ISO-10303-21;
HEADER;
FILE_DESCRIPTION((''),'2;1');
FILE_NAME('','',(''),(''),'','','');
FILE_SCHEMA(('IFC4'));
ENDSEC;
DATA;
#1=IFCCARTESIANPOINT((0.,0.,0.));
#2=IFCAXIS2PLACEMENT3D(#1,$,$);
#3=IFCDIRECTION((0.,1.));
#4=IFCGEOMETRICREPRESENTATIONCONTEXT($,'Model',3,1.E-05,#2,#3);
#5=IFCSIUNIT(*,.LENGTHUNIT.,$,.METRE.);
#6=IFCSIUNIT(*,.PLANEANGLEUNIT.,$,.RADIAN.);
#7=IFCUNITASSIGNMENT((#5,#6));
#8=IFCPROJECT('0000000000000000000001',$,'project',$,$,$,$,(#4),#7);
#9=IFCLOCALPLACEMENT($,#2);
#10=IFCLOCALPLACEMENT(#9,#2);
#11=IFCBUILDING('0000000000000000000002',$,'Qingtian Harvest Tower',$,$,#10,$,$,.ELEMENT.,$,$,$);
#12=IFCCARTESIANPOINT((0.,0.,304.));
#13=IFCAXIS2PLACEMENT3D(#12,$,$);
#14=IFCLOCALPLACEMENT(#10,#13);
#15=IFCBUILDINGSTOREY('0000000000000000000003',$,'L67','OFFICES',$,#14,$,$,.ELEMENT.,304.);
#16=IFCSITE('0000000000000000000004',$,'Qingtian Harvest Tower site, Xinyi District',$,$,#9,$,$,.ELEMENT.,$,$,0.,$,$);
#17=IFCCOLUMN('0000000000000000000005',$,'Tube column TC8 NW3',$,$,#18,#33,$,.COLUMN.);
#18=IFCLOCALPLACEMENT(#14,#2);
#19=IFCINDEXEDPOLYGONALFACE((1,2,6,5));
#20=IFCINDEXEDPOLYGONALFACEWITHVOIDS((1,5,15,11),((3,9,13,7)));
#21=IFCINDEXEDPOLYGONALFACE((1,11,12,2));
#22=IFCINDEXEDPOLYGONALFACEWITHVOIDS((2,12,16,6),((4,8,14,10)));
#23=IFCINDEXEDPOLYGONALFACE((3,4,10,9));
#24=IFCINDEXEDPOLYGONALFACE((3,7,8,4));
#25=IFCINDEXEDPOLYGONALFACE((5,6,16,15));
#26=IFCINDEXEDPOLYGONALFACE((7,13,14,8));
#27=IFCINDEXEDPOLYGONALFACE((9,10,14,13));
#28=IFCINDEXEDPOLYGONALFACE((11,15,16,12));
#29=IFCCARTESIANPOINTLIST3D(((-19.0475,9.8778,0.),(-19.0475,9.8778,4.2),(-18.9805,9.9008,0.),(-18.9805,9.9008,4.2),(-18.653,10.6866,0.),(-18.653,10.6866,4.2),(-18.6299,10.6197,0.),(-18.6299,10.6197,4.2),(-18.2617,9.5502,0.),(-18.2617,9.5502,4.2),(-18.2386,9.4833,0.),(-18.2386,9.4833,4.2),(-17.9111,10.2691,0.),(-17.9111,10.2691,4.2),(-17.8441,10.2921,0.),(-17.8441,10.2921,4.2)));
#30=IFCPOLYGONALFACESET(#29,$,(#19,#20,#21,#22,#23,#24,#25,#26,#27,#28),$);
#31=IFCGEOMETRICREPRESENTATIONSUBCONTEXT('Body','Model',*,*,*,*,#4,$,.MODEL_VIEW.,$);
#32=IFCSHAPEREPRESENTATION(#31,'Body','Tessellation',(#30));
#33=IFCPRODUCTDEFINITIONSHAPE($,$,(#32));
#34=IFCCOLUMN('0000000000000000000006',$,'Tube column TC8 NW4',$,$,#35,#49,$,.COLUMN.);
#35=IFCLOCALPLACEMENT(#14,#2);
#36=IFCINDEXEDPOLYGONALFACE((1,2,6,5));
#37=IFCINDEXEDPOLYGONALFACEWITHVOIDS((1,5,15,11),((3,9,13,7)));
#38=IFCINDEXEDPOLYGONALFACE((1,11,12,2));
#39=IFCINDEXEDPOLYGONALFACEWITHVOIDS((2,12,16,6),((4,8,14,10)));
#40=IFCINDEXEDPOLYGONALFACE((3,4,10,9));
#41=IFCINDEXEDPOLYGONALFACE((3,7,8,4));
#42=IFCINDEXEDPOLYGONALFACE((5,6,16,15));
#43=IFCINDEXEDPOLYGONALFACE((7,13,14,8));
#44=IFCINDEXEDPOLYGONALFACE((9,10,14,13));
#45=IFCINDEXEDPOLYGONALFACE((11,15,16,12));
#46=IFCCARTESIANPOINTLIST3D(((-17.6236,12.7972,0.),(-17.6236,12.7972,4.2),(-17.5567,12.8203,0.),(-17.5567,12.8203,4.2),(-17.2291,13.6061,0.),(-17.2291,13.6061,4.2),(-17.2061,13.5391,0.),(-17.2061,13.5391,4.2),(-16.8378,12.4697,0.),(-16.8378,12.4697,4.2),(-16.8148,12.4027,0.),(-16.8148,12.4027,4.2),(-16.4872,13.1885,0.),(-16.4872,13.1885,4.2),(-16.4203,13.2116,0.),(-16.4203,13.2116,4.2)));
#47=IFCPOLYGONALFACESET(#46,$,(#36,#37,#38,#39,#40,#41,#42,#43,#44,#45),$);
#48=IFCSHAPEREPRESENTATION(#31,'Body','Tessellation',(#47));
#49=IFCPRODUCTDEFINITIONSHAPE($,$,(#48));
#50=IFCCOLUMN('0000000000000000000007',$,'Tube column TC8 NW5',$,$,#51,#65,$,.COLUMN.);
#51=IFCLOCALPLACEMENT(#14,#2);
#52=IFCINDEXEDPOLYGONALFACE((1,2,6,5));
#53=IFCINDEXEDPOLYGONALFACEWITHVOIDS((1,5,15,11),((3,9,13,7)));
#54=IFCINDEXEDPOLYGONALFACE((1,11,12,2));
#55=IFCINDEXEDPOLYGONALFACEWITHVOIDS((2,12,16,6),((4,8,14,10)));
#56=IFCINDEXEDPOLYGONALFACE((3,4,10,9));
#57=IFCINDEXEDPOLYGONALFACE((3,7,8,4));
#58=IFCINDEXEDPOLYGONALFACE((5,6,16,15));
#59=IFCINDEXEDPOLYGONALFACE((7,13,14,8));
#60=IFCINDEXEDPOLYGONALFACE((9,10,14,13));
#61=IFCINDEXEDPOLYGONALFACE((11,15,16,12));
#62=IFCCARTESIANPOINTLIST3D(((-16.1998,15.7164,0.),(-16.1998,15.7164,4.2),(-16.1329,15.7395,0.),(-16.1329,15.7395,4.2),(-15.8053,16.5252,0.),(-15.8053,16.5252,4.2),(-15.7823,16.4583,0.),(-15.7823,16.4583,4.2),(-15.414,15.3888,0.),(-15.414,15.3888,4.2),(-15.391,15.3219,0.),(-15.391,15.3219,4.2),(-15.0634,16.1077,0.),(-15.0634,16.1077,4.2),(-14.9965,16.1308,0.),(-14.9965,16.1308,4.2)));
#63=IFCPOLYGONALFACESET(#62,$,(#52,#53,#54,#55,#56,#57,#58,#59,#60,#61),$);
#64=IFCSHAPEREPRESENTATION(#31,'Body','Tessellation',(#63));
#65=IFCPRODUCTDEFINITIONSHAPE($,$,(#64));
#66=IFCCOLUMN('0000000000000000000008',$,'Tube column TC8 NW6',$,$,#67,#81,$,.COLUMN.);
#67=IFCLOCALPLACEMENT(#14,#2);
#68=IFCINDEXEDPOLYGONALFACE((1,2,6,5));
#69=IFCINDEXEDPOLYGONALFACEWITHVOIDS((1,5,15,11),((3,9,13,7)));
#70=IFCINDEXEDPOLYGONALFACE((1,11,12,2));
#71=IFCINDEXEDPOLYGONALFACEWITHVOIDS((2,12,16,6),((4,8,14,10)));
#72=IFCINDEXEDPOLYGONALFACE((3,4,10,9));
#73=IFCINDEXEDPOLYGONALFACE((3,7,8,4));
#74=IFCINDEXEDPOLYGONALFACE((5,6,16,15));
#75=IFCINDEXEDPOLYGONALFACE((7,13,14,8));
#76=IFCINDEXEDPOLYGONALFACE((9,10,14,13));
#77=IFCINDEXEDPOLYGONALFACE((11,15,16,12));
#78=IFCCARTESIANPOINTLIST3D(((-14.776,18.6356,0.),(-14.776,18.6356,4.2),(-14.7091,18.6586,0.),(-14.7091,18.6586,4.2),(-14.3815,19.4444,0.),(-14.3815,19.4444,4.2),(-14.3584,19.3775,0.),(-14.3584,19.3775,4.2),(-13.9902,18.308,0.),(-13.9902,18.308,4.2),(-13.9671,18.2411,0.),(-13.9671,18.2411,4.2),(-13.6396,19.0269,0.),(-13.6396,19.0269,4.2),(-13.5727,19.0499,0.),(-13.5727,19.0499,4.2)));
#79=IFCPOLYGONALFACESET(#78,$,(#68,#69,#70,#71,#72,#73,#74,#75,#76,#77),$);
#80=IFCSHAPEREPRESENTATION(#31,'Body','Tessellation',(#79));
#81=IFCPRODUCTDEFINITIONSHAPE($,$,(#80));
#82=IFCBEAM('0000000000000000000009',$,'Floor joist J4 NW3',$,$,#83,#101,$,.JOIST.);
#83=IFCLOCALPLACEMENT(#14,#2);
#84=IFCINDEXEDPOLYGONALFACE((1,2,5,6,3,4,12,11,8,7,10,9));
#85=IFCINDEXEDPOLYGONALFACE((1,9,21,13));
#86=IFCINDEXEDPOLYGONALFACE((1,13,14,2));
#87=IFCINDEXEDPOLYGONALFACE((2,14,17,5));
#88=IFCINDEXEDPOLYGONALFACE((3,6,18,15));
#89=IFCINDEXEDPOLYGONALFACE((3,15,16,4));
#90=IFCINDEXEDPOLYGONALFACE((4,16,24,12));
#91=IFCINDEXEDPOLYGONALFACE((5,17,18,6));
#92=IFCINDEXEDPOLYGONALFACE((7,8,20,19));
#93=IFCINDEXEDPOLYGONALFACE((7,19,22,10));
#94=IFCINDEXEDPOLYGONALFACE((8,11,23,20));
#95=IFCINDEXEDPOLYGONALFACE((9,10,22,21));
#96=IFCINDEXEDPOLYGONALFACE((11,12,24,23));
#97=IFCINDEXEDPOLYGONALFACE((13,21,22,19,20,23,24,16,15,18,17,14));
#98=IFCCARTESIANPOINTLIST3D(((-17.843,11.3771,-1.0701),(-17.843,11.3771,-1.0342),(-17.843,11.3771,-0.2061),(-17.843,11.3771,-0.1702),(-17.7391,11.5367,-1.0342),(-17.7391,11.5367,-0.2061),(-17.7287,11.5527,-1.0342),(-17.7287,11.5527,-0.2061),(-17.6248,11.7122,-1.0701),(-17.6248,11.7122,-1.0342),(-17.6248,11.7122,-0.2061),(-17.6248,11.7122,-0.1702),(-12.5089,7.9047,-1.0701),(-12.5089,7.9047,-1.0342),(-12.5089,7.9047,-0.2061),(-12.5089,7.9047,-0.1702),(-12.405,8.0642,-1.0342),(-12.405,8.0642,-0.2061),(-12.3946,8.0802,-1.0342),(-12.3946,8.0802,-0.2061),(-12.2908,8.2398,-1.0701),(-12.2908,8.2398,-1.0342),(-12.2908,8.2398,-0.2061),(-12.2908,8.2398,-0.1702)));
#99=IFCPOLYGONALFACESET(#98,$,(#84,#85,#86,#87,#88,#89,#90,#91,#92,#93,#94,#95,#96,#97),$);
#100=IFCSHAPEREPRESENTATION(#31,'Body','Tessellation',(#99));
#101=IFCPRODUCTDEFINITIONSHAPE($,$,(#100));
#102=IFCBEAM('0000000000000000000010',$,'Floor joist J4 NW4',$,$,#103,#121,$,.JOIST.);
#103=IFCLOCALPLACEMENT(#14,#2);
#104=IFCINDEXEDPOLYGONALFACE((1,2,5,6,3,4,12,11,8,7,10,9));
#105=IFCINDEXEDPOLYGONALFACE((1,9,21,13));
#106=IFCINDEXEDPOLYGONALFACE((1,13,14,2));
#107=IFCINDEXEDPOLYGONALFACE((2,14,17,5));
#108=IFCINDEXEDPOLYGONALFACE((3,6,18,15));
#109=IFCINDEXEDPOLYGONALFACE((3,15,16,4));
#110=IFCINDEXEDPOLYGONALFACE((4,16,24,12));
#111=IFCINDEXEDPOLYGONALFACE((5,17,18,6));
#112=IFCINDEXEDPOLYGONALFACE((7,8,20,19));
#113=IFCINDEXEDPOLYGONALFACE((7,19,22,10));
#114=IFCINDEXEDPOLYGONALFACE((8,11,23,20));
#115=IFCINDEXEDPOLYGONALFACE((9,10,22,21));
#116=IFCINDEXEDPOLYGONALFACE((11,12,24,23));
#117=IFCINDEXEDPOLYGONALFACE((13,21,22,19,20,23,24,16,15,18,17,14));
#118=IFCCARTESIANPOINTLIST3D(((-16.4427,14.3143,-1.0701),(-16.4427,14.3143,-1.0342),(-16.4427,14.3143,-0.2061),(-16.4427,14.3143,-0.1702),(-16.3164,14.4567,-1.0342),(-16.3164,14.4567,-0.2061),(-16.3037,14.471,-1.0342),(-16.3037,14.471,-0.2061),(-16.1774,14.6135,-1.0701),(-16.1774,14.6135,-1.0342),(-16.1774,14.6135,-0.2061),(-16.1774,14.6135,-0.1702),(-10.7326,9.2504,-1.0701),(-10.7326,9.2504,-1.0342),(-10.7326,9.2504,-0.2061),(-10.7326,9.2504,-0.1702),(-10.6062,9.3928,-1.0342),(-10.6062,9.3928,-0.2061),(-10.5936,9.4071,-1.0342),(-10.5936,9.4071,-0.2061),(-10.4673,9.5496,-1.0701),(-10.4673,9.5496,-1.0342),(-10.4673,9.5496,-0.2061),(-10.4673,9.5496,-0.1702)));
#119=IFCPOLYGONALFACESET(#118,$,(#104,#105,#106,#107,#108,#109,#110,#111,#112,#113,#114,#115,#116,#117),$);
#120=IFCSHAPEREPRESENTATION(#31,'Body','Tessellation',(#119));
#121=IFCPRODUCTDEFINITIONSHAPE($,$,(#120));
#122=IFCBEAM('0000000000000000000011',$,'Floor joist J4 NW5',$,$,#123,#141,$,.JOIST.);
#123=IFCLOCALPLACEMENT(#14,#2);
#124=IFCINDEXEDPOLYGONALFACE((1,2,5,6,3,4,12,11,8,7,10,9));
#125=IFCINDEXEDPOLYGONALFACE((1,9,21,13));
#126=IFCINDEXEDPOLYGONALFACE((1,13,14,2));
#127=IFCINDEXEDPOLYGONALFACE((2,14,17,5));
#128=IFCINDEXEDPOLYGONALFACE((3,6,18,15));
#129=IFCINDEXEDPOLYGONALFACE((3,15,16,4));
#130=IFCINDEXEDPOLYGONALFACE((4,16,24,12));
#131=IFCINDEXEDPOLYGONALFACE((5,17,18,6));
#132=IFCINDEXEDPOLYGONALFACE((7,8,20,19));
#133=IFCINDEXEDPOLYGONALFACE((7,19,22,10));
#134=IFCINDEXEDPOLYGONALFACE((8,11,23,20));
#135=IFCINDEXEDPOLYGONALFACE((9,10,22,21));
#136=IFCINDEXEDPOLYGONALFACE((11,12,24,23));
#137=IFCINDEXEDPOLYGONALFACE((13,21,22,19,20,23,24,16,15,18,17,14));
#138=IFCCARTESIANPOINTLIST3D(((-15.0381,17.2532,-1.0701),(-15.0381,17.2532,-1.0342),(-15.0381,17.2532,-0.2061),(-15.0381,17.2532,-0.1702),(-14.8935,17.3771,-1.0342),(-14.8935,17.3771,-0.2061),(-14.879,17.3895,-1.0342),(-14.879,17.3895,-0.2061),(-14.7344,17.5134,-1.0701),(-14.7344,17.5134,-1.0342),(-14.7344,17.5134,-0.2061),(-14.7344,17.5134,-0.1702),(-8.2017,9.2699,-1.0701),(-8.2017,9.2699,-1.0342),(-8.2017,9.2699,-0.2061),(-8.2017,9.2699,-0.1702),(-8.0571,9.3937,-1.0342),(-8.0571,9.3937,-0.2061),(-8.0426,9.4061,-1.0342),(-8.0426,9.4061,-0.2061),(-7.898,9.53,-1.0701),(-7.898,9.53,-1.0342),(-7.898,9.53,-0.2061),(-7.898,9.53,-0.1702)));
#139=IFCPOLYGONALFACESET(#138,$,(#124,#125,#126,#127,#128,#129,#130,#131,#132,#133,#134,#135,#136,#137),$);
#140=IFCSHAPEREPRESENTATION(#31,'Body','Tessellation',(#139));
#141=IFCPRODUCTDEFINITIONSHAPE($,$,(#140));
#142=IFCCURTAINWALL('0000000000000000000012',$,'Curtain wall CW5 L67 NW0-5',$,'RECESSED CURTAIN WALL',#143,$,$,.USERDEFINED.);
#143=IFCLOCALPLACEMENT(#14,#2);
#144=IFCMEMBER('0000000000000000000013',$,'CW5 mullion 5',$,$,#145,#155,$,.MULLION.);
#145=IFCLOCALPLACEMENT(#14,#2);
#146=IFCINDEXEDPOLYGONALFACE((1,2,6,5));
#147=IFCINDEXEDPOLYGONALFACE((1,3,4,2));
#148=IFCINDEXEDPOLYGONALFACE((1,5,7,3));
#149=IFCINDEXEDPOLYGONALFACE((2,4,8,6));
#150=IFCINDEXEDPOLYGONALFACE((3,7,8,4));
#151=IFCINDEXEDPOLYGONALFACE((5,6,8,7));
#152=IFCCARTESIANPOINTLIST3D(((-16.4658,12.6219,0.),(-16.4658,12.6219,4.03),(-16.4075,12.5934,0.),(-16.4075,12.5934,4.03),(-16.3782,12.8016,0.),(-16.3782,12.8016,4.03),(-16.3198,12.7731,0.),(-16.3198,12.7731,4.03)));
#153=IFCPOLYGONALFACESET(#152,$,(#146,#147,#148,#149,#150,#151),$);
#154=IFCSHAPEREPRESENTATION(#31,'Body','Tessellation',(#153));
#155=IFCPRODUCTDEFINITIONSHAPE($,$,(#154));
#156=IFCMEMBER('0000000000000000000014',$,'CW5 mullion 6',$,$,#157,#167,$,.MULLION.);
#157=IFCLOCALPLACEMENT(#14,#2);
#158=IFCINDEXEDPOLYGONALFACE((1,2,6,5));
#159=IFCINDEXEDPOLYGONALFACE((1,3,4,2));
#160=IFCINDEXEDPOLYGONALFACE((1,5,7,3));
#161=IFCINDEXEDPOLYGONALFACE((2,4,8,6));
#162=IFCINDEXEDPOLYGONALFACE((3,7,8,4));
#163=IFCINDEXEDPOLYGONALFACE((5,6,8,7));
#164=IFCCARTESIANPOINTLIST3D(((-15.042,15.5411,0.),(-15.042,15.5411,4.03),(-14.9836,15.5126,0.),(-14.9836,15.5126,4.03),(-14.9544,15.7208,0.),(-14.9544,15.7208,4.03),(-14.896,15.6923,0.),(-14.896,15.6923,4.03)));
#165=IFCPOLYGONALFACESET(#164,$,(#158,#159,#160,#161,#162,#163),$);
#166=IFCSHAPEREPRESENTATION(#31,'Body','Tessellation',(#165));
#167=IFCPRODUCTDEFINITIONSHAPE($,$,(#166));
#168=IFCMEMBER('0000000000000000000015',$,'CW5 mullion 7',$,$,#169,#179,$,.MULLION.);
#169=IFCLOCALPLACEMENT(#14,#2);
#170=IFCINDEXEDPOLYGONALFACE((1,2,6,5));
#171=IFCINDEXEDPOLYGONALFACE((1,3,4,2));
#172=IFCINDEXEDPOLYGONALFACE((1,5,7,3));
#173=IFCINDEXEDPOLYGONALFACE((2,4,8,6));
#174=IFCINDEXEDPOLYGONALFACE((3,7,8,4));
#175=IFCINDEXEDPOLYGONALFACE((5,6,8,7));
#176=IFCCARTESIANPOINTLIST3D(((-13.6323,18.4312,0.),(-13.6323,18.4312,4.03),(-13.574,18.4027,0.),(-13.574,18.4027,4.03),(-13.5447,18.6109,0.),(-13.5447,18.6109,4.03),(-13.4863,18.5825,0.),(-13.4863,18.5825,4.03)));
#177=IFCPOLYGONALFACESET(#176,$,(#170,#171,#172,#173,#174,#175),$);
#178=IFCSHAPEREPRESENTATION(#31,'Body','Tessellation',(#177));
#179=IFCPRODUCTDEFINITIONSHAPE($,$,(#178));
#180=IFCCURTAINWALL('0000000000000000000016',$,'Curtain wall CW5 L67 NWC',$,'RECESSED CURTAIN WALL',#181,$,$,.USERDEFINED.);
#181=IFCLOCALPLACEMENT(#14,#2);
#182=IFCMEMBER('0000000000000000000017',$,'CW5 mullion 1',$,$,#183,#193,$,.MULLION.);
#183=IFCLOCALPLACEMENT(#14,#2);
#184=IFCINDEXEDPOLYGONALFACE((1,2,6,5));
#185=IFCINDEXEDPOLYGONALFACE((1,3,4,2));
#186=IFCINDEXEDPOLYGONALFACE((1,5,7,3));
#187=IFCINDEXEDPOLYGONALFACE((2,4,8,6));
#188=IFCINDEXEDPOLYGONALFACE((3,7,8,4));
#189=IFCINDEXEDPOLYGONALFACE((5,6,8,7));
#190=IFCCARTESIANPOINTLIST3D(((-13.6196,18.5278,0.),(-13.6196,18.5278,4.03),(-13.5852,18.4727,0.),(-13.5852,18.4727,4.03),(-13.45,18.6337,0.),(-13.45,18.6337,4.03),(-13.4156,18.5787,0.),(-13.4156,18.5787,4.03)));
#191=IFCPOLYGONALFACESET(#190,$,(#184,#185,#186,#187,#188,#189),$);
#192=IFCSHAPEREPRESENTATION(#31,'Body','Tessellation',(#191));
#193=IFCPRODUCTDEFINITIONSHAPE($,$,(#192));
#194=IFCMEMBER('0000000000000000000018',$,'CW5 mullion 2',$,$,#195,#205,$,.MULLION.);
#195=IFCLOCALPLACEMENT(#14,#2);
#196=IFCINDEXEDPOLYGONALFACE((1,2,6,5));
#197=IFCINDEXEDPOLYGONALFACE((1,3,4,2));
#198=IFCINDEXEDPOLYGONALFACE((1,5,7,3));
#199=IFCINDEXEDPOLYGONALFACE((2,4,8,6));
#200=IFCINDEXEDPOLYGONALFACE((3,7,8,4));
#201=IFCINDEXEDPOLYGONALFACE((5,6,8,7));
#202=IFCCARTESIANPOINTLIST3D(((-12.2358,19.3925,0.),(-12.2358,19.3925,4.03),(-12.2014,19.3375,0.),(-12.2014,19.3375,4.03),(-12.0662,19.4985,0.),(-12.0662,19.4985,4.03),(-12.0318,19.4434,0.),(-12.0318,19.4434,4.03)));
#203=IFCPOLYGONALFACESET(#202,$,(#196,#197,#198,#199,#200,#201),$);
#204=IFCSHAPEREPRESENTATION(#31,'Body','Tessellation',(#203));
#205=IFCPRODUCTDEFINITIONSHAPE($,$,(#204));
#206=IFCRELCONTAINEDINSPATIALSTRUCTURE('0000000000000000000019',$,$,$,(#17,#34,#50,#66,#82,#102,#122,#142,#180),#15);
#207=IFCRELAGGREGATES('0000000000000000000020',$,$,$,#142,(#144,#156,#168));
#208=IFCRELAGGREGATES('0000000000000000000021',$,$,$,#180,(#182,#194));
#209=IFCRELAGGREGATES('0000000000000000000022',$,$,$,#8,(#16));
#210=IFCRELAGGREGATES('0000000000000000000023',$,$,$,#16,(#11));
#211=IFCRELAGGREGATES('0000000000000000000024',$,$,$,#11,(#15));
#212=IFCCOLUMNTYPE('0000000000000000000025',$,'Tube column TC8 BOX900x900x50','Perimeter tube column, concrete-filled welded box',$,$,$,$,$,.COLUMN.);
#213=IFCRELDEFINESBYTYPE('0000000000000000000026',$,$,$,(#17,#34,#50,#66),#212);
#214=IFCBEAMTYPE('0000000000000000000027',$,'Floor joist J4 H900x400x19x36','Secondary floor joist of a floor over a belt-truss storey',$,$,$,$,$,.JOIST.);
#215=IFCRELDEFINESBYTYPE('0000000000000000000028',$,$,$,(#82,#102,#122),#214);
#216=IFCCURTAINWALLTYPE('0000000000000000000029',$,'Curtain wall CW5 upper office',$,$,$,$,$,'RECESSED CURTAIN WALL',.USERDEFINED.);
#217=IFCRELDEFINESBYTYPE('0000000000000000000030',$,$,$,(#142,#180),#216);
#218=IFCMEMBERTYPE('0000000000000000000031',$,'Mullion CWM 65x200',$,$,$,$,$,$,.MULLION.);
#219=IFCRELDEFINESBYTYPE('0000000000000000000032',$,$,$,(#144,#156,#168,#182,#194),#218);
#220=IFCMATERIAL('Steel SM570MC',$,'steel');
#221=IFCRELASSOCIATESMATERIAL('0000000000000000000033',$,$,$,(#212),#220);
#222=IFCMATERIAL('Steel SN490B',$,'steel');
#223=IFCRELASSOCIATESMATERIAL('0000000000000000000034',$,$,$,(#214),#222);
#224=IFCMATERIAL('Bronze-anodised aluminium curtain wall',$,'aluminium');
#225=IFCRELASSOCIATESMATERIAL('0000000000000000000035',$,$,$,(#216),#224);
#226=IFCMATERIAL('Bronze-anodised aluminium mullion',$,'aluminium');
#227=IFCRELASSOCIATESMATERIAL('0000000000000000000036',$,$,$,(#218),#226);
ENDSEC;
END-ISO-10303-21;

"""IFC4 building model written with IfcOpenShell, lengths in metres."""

from ifc_helpers import new_model, si_unit, direction, frame, origin, origin_2d, place, context, subcontext, project, spatial, rectangle, hollow_rectangle, i_section, extrude, material, material_profile, profile_set, type_object, element, aggregate, save


model = new_model("IFC4")

# Units and contexts
model_context = context("Model", 3, precision=1e-05, world=origin(), true_north=direction((0.0, 1.0)))
body_context = subcontext(model_context, "Body", "Model", "MODEL_VIEW")
ifc_project = project(units=[si_unit("LENGTHUNIT", "METRE"), si_unit("PLANEANGLEUNIT", "RADIAN")], contexts=[model_context])

# Site, building, storey
site_placement = place(None, origin())
site = spatial("IfcSite", under=ifc_project, at=site_placement, Name="Qingtian Harvest Tower site, Xinyi District", CompositionType="ELEMENT", RefElevation=0.0)
building_placement = place(site_placement, origin())
building = spatial("IfcBuilding", under=site, at=building_placement, Name="Qingtian Harvest Tower", CompositionType="ELEMENT")
storey_placement = place(building_placement, frame((0.0, 0.0, 304.0)))
storey = spatial("IfcBuildingStorey", under=building, at=storey_placement, Name="L67", Description="OFFICES", CompositionType="ELEMENT", Elevation=304.0)

# Columns
ifc_material_1 = material(Name="Steel SM570MC", Category="steel")
ifc_material_profile_1 = material_profile(ifc_material_1, hollow_rectangle(XDim=0.8999, YDim=0.8999, WallThickness=0.05, at=origin_2d()), Name="BOX900x900x50")
ifc_profile_set_1 = profile_set([ifc_material_profile_1], Name="Steel SM570MC")
column_type = type_object("IfcColumnType", Name="Tube column TC8 BOX900x900x50", Description="Perimeter tube column, concrete-filled welded box", PredefinedType="COLUMN", material=ifc_profile_set_1)
for number, where, z_axis, x_axis, name in (
    (1, (-18.4458, 10.085, 0.0), (0.0, 0.0, 1.0), (-0.438371, -0.898794, 0.0), "Tube column TC8 NW3"),
    (2, (-17.022, 13.0044, 0.0), (0.0, 0.0, 1.0), (-0.438371, -0.898794, 0.0), "Tube column TC8 NW4"),
    (3, (-15.5981, 15.9236, 0.0), (0.0, 0.0, 1.0), (-0.438371, -0.898794, 0.0), "Tube column TC8 NW5"),
    (4, (-14.1743, 18.8428, 0.0), (0.0, 0.0, 1.0), (-0.438371, -0.898794, 0.0), "Tube column TC8 NW6"),
):
    element("IfcColumn", number, at=place(storey_placement, frame(where, z_axis=z_axis, x_axis=x_axis)), inside=storey, type_object=column_type, Name=name, PredefinedType="COLUMN", context=body_context, shape_type="SweptSolid", body=[
        extrude(hollow_rectangle(XDim=0.8999, YDim=0.8999, WallThickness=0.05, at=origin_2d()), origin(), (0.0, 0.0, 1.0), 4.2),
    ])

# Beams
ifc_material_2 = material(Name="Steel SN490B", Category="steel")
ifc_material_profile_2 = material_profile(ifc_material_2, i_section(OverallWidth=0.3999, OverallDepth=0.8999, WebThickness=0.019, FlangeThickness=0.0359, at=origin_2d()), Name="H900x400x19x36")
ifc_profile_set_2 = profile_set([ifc_material_profile_2], Name="Steel SN490B")
beam_type_1 = type_object("IfcBeamType", Name="Floor joist J4 H900x400x19x36", Description="Secondary floor joist of a floor over a belt-truss storey", PredefinedType="JOIST", material=ifc_profile_set_2)
beam_1_placement = place(storey_placement, frame((-17.7339, 11.5447, -0.6201), z_axis=(0.838061, -0.545576, 0.0), x_axis=(0.545576, 0.838061, 0.0)))
element("IfcBeam", 5, at=beam_1_placement, inside=storey, type_object=beam_type_1, Name="Floor joist J4 NW3", PredefinedType="JOIST", context=body_context, shape_type="SweptSolid", body=[
    extrude(i_section(OverallWidth=0.3999, OverallDepth=0.8999, WebThickness=0.019, FlangeThickness=0.0359, at=origin_2d()), origin(), (0.0, 0.0, 1.0), 6.3647),
])
beam_2_placement = place(storey_placement, frame((-16.3101, 14.4639, -0.6201), z_axis=(0.748175, -0.663502, 0.0), x_axis=(0.663502, 0.748175, 0.0)))
element("IfcBeam", 6, at=beam_2_placement, inside=storey, type_object=beam_type_1, Name="Floor joist J4 NW4", PredefinedType="JOIST", context=body_context, shape_type="SweptSolid", body=[
    extrude(i_section(OverallWidth=0.3999, OverallDepth=0.8999, WebThickness=0.019, FlangeThickness=0.0359, at=origin_2d()), origin(), (0.0, 0.0, 1.0), 7.6321),
])
beam_3_placement = place(storey_placement, frame((-14.8862, 17.3833, -0.6201), z_axis=(0.650436, -0.759561, 0.0), x_axis=(0.759561, 0.650436, 0.0)))
element("IfcBeam", 7, at=beam_3_placement, inside=storey, type_object=beam_type_1, Name="Floor joist J4 NW5", PredefinedType="JOIST", context=body_context, shape_type="SweptSolid", body=[
    extrude(i_section(OverallWidth=0.3999, OverallDepth=0.8999, WebThickness=0.019, FlangeThickness=0.0359, at=origin_2d()), origin(), (0.0, 0.0, 1.0), 10.5105),
])

# Curtain walls, members
ifc_material_3 = material(Name="Bronze-anodised aluminium curtain wall", Category="aluminium")
curtain_wall_type = type_object("IfcCurtainWallType", Name="Curtain wall CW5 upper office", ElementType="RECESSED CURTAIN WALL", PredefinedType="USERDEFINED", material=ifc_material_3)
curtain_wall_1_placement = place(storey_placement, origin())
curtain_wall_1 = element("IfcCurtainWall", 8, at=curtain_wall_1_placement, inside=storey, type_object=curtain_wall_type, Name="Curtain wall CW5 L67 NW0-5", ObjectType="RECESSED CURTAIN WALL", PredefinedType="USERDEFINED")
ifc_material_4 = material(Name="Bronze-anodised aluminium mullion", Category="aluminium")
ifc_material_profile_3 = material_profile(ifc_material_4, rectangle(XDim=0.0649, YDim=0.2, at=origin_2d()), Name="AL 65x200")
ifc_profile_set_3 = profile_set([ifc_material_profile_3], Name="Bronze-anodised aluminium mullion")
member_type_1 = type_object("IfcMemberType", Name="Mullion CWM 65x200", PredefinedType="MULLION", material=ifc_profile_set_3)
member_1_placement = place(storey_placement, frame((-16.3928, 12.6975, 0.0), z_axis=(0.0, 0.0, 1.0), x_axis=(-0.898794, 0.438371, 0.0)))
member_1 = element("IfcMember", 9, at=member_1_placement, type_object=member_type_1, Name="CW5 mullion 5", PredefinedType="MULLION", context=body_context, shape_type="SweptSolid", body=[
    extrude(rectangle(XDim=0.0649, YDim=0.2, at=origin_2d()), origin(), (0.0, 0.0, 1.0), 4.03),
])
member_2_placement = place(storey_placement, frame((-14.969, 15.6167, 0.0), z_axis=(0.0, 0.0, 1.0), x_axis=(-0.898794, 0.438371, 0.0)))
member_2 = element("IfcMember", 10, at=member_2_placement, type_object=member_type_1, Name="CW5 mullion 6", PredefinedType="MULLION", context=body_context, shape_type="SweptSolid", body=[
    extrude(rectangle(XDim=0.0649, YDim=0.2, at=origin_2d()), origin(), (0.0, 0.0, 1.0), 4.03),
])
member_3_placement = place(storey_placement, frame((-13.5593, 18.5068, 0.0), z_axis=(0.0, 0.0, 1.0), x_axis=(-0.898794, 0.438371, 0.0)))
member_3 = element("IfcMember", 11, at=member_3_placement, type_object=member_type_1, Name="CW5 mullion 7", PredefinedType="MULLION", context=body_context, shape_type="SweptSolid", body=[
    extrude(rectangle(XDim=0.0649, YDim=0.2, at=origin_2d()), origin(), (0.0, 0.0, 1.0), 4.03),
])
curtain_wall_2_placement = place(storey_placement, origin())
curtain_wall_2 = element("IfcCurtainWall", 12, at=curtain_wall_2_placement, inside=storey, type_object=curtain_wall_type, Name="Curtain wall CW5 L67 NWC", ObjectType="RECESSED CURTAIN WALL", PredefinedType="USERDEFINED")
member_4_placement = place(storey_placement, frame((-13.5176, 18.5532, 0.0), z_axis=(0.0, 0.0, 1.0), x_axis=(-0.529919, 0.848048, 0.0)))
member_4 = element("IfcMember", 13, at=member_4_placement, type_object=member_type_1, Name="CW5 mullion 1", PredefinedType="MULLION", context=body_context, shape_type="SweptSolid", body=[
    extrude(rectangle(XDim=0.0649, YDim=0.2, at=origin_2d()), origin(), (0.0, 0.0, 1.0), 4.03),
])
member_5_placement = place(storey_placement, frame((-12.1338, 19.418, 0.0), z_axis=(0.0, 0.0, 1.0), x_axis=(-0.529919, 0.848048, 0.0)))
member_5 = element("IfcMember", 14, at=member_5_placement, type_object=member_type_1, Name="CW5 mullion 2", PredefinedType="MULLION", context=body_context, shape_type="SweptSolid", body=[
    extrude(rectangle(XDim=0.0649, YDim=0.2, at=origin_2d()), origin(), (0.0, 0.0, 1.0), 4.03),
])

aggregate(curtain_wall_1, [member_1, member_2, member_3])
aggregate(curtain_wall_2, [member_4, member_5])

save(model, "model.ifc")
